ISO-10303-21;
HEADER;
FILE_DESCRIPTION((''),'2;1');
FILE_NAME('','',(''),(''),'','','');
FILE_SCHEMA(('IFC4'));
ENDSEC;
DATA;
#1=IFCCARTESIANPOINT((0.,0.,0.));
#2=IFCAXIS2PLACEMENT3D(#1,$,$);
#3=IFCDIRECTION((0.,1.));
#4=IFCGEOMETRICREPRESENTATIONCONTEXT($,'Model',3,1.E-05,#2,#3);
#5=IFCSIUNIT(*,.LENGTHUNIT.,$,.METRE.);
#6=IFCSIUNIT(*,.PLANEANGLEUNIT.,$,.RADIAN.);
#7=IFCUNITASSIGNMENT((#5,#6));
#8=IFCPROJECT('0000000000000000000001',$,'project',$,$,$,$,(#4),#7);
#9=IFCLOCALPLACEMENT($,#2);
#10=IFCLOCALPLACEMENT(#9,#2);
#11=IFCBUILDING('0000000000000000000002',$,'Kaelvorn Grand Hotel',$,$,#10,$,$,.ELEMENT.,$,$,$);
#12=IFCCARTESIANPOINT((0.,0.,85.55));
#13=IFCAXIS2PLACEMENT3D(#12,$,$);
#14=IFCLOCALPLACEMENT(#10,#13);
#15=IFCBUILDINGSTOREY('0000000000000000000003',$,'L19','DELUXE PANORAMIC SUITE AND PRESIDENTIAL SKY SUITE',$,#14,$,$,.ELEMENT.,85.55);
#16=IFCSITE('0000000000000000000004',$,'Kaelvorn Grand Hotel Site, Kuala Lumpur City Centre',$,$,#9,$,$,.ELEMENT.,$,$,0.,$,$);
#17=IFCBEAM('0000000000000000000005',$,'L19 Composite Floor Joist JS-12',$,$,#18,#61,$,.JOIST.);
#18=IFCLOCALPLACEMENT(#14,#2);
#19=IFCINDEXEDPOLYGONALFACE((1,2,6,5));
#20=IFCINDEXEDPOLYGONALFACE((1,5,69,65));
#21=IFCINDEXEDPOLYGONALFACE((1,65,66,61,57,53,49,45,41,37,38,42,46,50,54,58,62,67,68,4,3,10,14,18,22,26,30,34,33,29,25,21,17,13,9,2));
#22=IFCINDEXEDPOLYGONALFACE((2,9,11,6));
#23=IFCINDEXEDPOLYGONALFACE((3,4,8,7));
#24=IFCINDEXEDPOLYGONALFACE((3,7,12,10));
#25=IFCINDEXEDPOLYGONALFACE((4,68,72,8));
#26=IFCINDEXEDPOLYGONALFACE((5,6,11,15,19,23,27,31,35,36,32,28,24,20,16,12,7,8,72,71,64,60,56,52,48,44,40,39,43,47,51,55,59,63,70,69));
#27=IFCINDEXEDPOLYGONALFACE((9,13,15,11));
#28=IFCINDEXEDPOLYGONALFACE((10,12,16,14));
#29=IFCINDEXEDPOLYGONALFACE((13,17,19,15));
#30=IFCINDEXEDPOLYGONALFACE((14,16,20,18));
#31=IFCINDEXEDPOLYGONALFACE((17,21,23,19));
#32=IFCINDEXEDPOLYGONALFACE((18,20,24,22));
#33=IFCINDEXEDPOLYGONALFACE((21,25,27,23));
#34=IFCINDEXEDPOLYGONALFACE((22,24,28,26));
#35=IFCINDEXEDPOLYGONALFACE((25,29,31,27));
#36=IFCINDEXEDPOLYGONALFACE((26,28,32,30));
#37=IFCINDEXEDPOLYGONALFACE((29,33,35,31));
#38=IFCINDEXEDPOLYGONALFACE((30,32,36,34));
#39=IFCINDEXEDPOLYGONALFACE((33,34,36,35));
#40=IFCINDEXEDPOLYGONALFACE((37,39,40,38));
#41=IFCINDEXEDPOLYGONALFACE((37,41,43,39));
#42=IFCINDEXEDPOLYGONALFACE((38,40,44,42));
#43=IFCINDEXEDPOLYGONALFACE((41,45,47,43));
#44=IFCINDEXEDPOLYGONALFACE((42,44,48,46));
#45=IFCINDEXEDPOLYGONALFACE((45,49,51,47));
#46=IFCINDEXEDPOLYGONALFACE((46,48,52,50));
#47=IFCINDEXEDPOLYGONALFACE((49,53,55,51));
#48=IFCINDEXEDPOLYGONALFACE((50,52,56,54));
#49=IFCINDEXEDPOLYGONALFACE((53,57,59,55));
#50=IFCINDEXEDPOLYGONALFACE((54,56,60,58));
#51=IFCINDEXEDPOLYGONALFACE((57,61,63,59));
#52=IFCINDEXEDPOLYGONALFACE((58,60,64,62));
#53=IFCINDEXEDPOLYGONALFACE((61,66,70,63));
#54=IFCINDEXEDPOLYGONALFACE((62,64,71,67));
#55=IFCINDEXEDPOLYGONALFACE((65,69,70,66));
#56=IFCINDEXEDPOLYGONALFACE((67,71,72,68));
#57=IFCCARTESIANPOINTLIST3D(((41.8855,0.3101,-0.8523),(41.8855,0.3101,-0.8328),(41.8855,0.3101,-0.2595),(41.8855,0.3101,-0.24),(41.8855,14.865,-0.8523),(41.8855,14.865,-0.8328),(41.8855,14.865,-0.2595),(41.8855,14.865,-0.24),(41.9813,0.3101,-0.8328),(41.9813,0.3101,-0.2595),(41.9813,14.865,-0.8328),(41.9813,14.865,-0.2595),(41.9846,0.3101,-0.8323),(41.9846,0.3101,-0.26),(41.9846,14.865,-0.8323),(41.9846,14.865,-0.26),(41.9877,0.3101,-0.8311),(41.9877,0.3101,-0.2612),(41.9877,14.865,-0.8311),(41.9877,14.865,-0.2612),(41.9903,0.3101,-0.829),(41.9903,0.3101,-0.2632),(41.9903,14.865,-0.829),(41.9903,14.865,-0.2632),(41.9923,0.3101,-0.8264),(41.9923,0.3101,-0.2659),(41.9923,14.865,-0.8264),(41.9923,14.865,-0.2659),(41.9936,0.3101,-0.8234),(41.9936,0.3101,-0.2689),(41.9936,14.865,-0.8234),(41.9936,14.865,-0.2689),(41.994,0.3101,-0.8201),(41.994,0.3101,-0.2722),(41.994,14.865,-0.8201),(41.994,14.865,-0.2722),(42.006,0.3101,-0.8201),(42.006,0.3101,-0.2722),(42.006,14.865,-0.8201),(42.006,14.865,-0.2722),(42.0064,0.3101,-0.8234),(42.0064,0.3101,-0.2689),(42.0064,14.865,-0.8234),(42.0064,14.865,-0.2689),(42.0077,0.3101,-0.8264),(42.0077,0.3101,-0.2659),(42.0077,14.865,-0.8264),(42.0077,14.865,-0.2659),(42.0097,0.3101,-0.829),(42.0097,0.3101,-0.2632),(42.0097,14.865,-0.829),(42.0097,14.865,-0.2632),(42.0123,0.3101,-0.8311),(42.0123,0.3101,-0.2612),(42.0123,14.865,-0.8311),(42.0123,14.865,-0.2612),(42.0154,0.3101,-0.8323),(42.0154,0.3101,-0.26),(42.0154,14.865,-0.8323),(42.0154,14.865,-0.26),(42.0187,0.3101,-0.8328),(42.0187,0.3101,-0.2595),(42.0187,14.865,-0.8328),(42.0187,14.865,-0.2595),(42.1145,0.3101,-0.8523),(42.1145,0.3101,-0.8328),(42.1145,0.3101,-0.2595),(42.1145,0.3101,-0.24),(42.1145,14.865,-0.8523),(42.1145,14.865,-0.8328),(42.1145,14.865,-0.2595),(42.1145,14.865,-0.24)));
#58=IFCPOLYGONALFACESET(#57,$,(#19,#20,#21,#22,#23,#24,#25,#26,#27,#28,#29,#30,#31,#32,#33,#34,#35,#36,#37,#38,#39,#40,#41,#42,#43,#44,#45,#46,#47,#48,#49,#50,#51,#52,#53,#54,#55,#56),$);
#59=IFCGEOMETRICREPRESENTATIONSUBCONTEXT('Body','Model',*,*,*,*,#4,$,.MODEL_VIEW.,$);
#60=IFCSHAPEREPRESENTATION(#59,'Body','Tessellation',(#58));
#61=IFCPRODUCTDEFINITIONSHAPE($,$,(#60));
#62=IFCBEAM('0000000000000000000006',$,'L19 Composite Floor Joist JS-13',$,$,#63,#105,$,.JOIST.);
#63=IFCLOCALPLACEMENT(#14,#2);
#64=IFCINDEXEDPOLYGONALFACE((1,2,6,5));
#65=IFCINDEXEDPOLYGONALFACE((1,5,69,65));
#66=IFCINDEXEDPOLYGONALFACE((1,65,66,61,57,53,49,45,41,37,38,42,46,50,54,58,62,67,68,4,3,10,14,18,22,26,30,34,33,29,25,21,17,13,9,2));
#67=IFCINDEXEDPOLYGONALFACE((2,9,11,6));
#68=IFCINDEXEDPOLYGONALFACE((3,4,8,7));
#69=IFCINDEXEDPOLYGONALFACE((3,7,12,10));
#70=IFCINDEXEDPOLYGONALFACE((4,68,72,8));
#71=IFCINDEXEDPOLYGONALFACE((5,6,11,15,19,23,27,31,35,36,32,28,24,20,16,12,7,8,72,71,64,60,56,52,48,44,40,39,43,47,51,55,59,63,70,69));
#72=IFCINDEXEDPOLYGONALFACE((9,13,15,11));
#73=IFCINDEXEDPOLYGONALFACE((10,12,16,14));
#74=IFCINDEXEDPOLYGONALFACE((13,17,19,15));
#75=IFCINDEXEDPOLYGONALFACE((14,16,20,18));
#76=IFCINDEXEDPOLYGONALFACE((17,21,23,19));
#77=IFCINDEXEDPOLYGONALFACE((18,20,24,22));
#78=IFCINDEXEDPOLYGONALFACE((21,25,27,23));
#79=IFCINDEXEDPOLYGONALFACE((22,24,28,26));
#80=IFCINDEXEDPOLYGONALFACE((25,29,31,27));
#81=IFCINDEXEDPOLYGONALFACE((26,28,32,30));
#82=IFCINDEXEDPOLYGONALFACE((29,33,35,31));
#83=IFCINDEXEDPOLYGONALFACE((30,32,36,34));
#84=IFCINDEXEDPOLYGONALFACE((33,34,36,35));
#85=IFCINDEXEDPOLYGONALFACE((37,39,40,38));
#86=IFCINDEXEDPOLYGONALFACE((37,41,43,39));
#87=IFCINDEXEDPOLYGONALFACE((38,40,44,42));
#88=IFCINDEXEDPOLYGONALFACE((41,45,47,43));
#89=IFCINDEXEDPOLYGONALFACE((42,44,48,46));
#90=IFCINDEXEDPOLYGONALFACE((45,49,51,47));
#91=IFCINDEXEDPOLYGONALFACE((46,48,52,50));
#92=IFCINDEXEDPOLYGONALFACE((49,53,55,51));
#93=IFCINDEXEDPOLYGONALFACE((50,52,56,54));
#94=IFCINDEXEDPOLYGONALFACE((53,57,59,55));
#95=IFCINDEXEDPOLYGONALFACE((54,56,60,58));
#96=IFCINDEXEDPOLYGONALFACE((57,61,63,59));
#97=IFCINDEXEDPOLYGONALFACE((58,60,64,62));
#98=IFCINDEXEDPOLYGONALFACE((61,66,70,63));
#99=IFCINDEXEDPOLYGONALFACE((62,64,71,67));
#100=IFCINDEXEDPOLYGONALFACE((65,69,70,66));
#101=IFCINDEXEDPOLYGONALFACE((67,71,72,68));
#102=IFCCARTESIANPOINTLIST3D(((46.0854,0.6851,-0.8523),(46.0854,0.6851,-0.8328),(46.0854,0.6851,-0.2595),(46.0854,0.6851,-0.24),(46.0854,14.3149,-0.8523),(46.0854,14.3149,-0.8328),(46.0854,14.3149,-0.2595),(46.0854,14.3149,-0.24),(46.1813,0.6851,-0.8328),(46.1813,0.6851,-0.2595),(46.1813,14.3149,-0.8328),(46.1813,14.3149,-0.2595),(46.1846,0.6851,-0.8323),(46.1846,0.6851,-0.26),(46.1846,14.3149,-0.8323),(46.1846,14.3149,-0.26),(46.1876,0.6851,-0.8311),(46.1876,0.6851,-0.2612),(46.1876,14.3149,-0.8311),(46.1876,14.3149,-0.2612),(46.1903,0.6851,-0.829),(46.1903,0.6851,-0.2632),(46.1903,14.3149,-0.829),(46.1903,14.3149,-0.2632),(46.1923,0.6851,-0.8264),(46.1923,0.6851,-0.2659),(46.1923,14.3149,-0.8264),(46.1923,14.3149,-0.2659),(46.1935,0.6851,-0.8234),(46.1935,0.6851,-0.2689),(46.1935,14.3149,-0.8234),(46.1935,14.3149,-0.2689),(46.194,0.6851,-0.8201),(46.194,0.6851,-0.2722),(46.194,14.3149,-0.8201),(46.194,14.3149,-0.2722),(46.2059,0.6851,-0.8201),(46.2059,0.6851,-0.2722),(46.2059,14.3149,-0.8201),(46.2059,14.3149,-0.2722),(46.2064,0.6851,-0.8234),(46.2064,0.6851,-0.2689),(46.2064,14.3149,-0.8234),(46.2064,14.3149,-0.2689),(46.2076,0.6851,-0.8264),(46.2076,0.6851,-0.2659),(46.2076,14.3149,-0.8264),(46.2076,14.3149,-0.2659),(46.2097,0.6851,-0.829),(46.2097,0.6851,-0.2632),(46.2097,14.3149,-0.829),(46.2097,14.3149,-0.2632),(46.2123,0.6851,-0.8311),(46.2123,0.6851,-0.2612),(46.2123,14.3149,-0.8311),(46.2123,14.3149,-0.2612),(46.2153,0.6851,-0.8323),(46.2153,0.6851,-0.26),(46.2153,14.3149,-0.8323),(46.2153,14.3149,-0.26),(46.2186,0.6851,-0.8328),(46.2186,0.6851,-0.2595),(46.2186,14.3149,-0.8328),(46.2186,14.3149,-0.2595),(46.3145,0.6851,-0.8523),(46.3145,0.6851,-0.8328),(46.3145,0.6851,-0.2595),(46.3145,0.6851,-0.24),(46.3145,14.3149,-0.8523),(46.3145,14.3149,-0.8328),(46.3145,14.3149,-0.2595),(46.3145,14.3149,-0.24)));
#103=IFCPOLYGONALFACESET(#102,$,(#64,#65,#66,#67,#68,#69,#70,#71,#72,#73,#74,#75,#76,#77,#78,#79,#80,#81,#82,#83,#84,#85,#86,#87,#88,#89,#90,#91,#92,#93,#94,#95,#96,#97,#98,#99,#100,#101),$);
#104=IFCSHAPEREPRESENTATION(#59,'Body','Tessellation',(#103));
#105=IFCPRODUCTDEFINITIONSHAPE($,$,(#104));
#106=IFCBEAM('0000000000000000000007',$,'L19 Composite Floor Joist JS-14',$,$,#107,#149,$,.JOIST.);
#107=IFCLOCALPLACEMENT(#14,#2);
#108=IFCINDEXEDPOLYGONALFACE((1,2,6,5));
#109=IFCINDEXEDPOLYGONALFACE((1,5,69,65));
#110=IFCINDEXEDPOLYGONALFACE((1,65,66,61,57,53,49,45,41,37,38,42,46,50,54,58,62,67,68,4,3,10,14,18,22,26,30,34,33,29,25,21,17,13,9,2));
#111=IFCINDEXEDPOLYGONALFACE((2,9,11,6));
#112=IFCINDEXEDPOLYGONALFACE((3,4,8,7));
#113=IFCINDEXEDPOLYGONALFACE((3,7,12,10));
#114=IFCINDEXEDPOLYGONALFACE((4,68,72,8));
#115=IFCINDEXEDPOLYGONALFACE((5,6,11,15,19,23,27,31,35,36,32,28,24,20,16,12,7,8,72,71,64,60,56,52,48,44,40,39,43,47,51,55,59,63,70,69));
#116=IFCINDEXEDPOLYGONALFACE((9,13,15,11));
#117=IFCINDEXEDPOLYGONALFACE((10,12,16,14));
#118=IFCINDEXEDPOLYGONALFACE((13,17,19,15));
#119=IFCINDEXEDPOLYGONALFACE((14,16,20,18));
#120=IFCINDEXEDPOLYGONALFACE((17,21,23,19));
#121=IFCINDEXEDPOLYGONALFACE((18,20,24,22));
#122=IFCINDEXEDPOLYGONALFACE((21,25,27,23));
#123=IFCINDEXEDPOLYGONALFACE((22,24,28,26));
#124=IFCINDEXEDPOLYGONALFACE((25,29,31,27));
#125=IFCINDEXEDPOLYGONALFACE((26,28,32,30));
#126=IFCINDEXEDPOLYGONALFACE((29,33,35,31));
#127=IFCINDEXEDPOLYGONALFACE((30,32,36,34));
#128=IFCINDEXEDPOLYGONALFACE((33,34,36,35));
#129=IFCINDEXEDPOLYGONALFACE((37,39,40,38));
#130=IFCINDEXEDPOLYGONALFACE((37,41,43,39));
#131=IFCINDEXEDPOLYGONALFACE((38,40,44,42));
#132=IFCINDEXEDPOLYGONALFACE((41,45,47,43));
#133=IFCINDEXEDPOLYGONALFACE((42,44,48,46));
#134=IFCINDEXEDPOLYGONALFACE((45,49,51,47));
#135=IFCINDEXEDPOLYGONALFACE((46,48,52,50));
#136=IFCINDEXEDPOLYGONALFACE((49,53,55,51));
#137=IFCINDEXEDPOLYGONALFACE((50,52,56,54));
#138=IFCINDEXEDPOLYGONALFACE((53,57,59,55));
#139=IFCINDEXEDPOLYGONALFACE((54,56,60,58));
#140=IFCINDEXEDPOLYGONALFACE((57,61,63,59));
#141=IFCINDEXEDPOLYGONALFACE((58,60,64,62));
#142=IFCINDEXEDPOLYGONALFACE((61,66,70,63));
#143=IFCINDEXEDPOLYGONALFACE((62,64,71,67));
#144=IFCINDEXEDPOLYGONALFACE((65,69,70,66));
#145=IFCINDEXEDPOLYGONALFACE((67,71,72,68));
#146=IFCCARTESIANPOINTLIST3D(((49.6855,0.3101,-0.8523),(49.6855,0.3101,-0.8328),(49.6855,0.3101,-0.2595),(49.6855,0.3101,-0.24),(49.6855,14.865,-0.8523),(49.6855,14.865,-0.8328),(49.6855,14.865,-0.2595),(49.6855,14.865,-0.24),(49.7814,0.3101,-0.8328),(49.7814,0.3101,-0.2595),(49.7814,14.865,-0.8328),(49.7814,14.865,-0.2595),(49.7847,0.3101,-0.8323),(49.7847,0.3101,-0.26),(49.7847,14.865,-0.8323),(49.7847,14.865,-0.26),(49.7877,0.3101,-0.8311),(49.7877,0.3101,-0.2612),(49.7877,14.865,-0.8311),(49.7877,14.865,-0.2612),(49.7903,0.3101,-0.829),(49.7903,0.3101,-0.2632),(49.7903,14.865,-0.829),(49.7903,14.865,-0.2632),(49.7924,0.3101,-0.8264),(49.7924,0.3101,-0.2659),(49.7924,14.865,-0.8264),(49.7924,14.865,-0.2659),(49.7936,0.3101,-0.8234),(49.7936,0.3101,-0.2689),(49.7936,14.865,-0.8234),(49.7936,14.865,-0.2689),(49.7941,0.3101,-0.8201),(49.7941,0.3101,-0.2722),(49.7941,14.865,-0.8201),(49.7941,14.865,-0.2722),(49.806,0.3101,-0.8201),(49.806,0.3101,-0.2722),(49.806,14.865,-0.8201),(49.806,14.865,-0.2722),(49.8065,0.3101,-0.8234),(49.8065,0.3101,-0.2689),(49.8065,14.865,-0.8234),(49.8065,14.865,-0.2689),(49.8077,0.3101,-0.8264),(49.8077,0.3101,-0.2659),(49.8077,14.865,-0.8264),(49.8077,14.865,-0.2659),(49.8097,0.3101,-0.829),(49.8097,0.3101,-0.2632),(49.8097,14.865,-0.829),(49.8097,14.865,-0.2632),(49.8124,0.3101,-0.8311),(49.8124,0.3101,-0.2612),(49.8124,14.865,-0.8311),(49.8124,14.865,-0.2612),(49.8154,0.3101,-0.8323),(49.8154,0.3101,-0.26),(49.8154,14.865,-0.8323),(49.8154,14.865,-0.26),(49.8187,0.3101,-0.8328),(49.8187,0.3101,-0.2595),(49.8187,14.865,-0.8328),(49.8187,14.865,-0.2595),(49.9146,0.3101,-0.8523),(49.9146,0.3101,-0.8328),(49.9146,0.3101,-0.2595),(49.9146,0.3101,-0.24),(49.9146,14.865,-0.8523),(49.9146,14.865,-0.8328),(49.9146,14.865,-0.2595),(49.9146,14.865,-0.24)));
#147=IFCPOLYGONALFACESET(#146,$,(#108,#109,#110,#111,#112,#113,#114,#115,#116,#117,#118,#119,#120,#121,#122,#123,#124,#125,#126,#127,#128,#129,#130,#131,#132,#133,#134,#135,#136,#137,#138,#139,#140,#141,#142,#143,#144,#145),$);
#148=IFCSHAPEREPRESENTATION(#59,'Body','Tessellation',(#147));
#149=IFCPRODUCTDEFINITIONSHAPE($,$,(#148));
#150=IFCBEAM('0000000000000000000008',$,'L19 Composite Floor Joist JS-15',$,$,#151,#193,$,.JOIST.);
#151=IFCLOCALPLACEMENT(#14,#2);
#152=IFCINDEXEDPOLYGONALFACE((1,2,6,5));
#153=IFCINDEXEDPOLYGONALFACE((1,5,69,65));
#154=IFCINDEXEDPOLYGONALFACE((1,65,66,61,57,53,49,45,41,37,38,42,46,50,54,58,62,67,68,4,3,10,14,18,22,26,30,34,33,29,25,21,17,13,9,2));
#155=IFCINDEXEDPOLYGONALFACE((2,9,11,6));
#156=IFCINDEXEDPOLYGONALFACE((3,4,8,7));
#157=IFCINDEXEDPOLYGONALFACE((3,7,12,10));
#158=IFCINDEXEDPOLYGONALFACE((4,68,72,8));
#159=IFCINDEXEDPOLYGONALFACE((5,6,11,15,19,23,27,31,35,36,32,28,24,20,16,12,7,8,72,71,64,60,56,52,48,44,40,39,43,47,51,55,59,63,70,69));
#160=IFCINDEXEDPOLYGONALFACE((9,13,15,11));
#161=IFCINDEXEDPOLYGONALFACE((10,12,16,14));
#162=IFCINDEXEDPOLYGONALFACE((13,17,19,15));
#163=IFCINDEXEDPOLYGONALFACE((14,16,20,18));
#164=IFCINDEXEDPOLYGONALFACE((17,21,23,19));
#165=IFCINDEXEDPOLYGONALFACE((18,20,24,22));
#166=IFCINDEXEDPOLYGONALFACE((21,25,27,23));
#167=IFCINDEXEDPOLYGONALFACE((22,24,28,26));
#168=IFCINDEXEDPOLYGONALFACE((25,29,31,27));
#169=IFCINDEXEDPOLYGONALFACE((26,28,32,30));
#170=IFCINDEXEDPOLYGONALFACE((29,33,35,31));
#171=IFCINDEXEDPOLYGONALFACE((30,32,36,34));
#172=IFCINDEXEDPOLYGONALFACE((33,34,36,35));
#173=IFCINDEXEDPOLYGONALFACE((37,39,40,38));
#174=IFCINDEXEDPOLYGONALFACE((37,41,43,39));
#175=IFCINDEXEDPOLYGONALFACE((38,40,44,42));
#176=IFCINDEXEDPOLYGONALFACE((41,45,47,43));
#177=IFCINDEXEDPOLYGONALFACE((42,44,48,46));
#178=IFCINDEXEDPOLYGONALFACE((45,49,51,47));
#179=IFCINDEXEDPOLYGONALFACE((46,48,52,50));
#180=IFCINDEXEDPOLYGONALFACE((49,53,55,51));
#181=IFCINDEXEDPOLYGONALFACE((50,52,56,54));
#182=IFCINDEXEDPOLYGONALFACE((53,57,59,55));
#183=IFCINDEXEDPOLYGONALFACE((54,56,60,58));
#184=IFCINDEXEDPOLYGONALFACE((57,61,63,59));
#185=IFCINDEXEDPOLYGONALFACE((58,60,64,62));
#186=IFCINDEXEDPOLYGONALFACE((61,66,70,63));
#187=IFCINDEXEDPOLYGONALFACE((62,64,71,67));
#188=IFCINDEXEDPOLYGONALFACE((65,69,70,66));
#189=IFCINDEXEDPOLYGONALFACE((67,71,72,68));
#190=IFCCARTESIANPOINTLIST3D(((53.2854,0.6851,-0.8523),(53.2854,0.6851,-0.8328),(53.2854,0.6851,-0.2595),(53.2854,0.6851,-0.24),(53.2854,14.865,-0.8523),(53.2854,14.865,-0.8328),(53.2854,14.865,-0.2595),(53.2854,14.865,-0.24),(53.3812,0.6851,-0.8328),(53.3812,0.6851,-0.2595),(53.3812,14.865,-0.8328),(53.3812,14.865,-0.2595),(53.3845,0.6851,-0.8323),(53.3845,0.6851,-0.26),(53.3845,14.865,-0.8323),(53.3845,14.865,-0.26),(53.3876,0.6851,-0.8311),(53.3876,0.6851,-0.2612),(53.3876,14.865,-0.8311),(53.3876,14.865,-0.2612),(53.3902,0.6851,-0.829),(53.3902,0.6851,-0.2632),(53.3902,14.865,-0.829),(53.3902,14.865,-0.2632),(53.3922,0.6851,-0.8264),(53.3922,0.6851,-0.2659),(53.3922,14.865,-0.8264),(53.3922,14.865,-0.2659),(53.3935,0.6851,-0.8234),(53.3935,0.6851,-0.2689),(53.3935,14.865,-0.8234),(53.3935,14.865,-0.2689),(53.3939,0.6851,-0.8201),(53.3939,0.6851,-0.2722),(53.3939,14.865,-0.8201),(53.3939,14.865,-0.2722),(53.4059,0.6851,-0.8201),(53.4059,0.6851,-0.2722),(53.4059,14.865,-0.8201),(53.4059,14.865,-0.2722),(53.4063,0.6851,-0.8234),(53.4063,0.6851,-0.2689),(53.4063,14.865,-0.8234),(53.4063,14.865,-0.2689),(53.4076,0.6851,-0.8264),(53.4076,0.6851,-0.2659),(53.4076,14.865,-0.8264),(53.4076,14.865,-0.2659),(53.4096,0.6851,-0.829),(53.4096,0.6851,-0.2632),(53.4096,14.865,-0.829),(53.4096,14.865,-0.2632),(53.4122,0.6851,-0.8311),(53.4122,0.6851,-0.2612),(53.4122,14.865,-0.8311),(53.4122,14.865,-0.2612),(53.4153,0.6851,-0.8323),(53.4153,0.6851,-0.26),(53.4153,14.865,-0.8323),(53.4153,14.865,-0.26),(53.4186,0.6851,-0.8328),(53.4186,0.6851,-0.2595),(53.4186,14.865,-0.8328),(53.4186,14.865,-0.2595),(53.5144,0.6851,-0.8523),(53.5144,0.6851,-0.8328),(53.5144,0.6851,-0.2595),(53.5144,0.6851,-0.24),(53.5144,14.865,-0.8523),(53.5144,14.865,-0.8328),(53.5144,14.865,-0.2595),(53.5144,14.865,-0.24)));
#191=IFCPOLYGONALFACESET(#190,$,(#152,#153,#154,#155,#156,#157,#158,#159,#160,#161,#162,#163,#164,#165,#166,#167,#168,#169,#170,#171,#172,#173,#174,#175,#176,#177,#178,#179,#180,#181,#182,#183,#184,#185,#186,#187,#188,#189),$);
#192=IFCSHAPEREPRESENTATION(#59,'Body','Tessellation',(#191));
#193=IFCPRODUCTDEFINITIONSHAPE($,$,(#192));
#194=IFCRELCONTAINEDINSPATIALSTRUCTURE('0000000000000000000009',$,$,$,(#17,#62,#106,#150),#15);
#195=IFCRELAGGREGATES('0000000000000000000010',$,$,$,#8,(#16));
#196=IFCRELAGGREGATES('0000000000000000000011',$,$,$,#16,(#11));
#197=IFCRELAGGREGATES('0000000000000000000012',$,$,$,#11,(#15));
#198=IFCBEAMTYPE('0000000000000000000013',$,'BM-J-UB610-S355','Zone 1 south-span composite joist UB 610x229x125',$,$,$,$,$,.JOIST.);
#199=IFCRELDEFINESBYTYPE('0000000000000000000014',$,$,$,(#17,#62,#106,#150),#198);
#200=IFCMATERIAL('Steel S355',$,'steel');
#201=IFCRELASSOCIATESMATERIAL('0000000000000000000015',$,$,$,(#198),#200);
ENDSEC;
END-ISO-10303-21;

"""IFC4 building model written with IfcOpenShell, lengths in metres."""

from ifc_helpers import new_model, si_unit, direction, frame, origin, origin_2d, place, context, subcontext, project, spatial, i_section, extrude, material, material_profile, profile_set, type_object, element, save


model = new_model("IFC4")

# Units and contexts
model_context = context("Model", 3, precision=1e-05, world=origin(), true_north=direction((0.0, 1.0)))
body_context = subcontext(model_context, "Body", "Model", "MODEL_VIEW")
ifc_project = project(units=[si_unit("LENGTHUNIT", "METRE"), si_unit("PLANEANGLEUNIT", "RADIAN")], contexts=[model_context])

# Site, building, storey
site_placement = place(None, origin())
site = spatial("IfcSite", under=ifc_project, at=site_placement, Name="Kaelvorn Grand Hotel Site, Kuala Lumpur City Centre", CompositionType="ELEMENT", RefElevation=0.0)
building_placement = place(site_placement, origin())
building = spatial("IfcBuilding", under=site, at=building_placement, Name="Kaelvorn Grand Hotel", CompositionType="ELEMENT")
storey_placement = place(building_placement, frame((0.0, 0.0, 85.55)))
storey = spatial("IfcBuildingStorey", under=building, at=storey_placement, Name="L19", Description="DELUXE PANORAMIC SUITE AND PRESIDENTIAL SKY SUITE", CompositionType="ELEMENT", Elevation=85.55)

# Beams
ifc_material_1 = material(Name="Steel S355", Category="steel")
ifc_material_profile_1 = material_profile(ifc_material_1, i_section(OverallWidth=0.229, OverallDepth=0.6123, WebThickness=0.012, FlangeThickness=0.0195, FilletRadius=0.0127, at=origin_2d()), Name="UB 610x229x125")
ifc_profile_set_1 = profile_set([ifc_material_profile_1], Name="Steel S355")
beam_type_1 = type_object("IfcBeamType", Name="BM-J-UB610-S355", Description="Zone 1 south-span composite joist UB 610x229x125", PredefinedType="JOIST", material=ifc_profile_set_1)
beam_1_placement = place(storey_placement, frame((42.0, 0.3101, -0.5461), z_axis=(0.0, 1.0, 0.0), x_axis=(-1.0, 0.0, 0.0)))
element("IfcBeam", 1, at=beam_1_placement, inside=storey, type_object=beam_type_1, Name="L19 Composite Floor Joist JS-12", PredefinedType="JOIST", context=body_context, shape_type="SweptSolid", body=[
    extrude(i_section(OverallWidth=0.229, OverallDepth=0.6123, WebThickness=0.012, FlangeThickness=0.0195, FilletRadius=0.0127, at=origin_2d()), origin(), (0.0, 0.0, 1.0), 14.5549),
])
beam_2_placement = place(storey_placement, frame((46.2, 0.6851, -0.5461), z_axis=(0.0, 1.0, 0.0), x_axis=(-1.0, 0.0, 0.0)))
element("IfcBeam", 2, at=beam_2_placement, inside=storey, type_object=beam_type_1, Name="L19 Composite Floor Joist JS-13", PredefinedType="JOIST", context=body_context, shape_type="SweptSolid", body=[
    extrude(i_section(OverallWidth=0.229, OverallDepth=0.6123, WebThickness=0.012, FlangeThickness=0.0195, FilletRadius=0.0127, at=origin_2d()), origin(), (0.0, 0.0, 1.0), 13.6299),
])
beam_3_placement = place(storey_placement, frame((49.8, 0.3101, -0.5461), z_axis=(0.0, 1.0, 0.0), x_axis=(-1.0, 0.0, 0.0)))
element("IfcBeam", 3, at=beam_3_placement, inside=storey, type_object=beam_type_1, Name="L19 Composite Floor Joist JS-14", PredefinedType="JOIST", context=body_context, shape_type="SweptSolid", body=[
    extrude(i_section(OverallWidth=0.229, OverallDepth=0.6123, WebThickness=0.012, FlangeThickness=0.0195, FilletRadius=0.0127, at=origin_2d()), origin(), (0.0, 0.0, 1.0), 14.5549),
])
beam_4_placement = place(storey_placement, frame((53.3999, 0.6851, -0.5461), z_axis=(0.0, 1.0, 0.0), x_axis=(-1.0, 0.0, 0.0)))
element("IfcBeam", 4, at=beam_4_placement, inside=storey, type_object=beam_type_1, Name="L19 Composite Floor Joist JS-15", PredefinedType="JOIST", context=body_context, shape_type="SweptSolid", body=[
    extrude(i_section(OverallWidth=0.229, OverallDepth=0.6123, WebThickness=0.012, FlangeThickness=0.0195, FilletRadius=0.0127, at=origin_2d()), origin(), (0.0, 0.0, 1.0), 14.1799),
])

save(model, "model.ifc")
